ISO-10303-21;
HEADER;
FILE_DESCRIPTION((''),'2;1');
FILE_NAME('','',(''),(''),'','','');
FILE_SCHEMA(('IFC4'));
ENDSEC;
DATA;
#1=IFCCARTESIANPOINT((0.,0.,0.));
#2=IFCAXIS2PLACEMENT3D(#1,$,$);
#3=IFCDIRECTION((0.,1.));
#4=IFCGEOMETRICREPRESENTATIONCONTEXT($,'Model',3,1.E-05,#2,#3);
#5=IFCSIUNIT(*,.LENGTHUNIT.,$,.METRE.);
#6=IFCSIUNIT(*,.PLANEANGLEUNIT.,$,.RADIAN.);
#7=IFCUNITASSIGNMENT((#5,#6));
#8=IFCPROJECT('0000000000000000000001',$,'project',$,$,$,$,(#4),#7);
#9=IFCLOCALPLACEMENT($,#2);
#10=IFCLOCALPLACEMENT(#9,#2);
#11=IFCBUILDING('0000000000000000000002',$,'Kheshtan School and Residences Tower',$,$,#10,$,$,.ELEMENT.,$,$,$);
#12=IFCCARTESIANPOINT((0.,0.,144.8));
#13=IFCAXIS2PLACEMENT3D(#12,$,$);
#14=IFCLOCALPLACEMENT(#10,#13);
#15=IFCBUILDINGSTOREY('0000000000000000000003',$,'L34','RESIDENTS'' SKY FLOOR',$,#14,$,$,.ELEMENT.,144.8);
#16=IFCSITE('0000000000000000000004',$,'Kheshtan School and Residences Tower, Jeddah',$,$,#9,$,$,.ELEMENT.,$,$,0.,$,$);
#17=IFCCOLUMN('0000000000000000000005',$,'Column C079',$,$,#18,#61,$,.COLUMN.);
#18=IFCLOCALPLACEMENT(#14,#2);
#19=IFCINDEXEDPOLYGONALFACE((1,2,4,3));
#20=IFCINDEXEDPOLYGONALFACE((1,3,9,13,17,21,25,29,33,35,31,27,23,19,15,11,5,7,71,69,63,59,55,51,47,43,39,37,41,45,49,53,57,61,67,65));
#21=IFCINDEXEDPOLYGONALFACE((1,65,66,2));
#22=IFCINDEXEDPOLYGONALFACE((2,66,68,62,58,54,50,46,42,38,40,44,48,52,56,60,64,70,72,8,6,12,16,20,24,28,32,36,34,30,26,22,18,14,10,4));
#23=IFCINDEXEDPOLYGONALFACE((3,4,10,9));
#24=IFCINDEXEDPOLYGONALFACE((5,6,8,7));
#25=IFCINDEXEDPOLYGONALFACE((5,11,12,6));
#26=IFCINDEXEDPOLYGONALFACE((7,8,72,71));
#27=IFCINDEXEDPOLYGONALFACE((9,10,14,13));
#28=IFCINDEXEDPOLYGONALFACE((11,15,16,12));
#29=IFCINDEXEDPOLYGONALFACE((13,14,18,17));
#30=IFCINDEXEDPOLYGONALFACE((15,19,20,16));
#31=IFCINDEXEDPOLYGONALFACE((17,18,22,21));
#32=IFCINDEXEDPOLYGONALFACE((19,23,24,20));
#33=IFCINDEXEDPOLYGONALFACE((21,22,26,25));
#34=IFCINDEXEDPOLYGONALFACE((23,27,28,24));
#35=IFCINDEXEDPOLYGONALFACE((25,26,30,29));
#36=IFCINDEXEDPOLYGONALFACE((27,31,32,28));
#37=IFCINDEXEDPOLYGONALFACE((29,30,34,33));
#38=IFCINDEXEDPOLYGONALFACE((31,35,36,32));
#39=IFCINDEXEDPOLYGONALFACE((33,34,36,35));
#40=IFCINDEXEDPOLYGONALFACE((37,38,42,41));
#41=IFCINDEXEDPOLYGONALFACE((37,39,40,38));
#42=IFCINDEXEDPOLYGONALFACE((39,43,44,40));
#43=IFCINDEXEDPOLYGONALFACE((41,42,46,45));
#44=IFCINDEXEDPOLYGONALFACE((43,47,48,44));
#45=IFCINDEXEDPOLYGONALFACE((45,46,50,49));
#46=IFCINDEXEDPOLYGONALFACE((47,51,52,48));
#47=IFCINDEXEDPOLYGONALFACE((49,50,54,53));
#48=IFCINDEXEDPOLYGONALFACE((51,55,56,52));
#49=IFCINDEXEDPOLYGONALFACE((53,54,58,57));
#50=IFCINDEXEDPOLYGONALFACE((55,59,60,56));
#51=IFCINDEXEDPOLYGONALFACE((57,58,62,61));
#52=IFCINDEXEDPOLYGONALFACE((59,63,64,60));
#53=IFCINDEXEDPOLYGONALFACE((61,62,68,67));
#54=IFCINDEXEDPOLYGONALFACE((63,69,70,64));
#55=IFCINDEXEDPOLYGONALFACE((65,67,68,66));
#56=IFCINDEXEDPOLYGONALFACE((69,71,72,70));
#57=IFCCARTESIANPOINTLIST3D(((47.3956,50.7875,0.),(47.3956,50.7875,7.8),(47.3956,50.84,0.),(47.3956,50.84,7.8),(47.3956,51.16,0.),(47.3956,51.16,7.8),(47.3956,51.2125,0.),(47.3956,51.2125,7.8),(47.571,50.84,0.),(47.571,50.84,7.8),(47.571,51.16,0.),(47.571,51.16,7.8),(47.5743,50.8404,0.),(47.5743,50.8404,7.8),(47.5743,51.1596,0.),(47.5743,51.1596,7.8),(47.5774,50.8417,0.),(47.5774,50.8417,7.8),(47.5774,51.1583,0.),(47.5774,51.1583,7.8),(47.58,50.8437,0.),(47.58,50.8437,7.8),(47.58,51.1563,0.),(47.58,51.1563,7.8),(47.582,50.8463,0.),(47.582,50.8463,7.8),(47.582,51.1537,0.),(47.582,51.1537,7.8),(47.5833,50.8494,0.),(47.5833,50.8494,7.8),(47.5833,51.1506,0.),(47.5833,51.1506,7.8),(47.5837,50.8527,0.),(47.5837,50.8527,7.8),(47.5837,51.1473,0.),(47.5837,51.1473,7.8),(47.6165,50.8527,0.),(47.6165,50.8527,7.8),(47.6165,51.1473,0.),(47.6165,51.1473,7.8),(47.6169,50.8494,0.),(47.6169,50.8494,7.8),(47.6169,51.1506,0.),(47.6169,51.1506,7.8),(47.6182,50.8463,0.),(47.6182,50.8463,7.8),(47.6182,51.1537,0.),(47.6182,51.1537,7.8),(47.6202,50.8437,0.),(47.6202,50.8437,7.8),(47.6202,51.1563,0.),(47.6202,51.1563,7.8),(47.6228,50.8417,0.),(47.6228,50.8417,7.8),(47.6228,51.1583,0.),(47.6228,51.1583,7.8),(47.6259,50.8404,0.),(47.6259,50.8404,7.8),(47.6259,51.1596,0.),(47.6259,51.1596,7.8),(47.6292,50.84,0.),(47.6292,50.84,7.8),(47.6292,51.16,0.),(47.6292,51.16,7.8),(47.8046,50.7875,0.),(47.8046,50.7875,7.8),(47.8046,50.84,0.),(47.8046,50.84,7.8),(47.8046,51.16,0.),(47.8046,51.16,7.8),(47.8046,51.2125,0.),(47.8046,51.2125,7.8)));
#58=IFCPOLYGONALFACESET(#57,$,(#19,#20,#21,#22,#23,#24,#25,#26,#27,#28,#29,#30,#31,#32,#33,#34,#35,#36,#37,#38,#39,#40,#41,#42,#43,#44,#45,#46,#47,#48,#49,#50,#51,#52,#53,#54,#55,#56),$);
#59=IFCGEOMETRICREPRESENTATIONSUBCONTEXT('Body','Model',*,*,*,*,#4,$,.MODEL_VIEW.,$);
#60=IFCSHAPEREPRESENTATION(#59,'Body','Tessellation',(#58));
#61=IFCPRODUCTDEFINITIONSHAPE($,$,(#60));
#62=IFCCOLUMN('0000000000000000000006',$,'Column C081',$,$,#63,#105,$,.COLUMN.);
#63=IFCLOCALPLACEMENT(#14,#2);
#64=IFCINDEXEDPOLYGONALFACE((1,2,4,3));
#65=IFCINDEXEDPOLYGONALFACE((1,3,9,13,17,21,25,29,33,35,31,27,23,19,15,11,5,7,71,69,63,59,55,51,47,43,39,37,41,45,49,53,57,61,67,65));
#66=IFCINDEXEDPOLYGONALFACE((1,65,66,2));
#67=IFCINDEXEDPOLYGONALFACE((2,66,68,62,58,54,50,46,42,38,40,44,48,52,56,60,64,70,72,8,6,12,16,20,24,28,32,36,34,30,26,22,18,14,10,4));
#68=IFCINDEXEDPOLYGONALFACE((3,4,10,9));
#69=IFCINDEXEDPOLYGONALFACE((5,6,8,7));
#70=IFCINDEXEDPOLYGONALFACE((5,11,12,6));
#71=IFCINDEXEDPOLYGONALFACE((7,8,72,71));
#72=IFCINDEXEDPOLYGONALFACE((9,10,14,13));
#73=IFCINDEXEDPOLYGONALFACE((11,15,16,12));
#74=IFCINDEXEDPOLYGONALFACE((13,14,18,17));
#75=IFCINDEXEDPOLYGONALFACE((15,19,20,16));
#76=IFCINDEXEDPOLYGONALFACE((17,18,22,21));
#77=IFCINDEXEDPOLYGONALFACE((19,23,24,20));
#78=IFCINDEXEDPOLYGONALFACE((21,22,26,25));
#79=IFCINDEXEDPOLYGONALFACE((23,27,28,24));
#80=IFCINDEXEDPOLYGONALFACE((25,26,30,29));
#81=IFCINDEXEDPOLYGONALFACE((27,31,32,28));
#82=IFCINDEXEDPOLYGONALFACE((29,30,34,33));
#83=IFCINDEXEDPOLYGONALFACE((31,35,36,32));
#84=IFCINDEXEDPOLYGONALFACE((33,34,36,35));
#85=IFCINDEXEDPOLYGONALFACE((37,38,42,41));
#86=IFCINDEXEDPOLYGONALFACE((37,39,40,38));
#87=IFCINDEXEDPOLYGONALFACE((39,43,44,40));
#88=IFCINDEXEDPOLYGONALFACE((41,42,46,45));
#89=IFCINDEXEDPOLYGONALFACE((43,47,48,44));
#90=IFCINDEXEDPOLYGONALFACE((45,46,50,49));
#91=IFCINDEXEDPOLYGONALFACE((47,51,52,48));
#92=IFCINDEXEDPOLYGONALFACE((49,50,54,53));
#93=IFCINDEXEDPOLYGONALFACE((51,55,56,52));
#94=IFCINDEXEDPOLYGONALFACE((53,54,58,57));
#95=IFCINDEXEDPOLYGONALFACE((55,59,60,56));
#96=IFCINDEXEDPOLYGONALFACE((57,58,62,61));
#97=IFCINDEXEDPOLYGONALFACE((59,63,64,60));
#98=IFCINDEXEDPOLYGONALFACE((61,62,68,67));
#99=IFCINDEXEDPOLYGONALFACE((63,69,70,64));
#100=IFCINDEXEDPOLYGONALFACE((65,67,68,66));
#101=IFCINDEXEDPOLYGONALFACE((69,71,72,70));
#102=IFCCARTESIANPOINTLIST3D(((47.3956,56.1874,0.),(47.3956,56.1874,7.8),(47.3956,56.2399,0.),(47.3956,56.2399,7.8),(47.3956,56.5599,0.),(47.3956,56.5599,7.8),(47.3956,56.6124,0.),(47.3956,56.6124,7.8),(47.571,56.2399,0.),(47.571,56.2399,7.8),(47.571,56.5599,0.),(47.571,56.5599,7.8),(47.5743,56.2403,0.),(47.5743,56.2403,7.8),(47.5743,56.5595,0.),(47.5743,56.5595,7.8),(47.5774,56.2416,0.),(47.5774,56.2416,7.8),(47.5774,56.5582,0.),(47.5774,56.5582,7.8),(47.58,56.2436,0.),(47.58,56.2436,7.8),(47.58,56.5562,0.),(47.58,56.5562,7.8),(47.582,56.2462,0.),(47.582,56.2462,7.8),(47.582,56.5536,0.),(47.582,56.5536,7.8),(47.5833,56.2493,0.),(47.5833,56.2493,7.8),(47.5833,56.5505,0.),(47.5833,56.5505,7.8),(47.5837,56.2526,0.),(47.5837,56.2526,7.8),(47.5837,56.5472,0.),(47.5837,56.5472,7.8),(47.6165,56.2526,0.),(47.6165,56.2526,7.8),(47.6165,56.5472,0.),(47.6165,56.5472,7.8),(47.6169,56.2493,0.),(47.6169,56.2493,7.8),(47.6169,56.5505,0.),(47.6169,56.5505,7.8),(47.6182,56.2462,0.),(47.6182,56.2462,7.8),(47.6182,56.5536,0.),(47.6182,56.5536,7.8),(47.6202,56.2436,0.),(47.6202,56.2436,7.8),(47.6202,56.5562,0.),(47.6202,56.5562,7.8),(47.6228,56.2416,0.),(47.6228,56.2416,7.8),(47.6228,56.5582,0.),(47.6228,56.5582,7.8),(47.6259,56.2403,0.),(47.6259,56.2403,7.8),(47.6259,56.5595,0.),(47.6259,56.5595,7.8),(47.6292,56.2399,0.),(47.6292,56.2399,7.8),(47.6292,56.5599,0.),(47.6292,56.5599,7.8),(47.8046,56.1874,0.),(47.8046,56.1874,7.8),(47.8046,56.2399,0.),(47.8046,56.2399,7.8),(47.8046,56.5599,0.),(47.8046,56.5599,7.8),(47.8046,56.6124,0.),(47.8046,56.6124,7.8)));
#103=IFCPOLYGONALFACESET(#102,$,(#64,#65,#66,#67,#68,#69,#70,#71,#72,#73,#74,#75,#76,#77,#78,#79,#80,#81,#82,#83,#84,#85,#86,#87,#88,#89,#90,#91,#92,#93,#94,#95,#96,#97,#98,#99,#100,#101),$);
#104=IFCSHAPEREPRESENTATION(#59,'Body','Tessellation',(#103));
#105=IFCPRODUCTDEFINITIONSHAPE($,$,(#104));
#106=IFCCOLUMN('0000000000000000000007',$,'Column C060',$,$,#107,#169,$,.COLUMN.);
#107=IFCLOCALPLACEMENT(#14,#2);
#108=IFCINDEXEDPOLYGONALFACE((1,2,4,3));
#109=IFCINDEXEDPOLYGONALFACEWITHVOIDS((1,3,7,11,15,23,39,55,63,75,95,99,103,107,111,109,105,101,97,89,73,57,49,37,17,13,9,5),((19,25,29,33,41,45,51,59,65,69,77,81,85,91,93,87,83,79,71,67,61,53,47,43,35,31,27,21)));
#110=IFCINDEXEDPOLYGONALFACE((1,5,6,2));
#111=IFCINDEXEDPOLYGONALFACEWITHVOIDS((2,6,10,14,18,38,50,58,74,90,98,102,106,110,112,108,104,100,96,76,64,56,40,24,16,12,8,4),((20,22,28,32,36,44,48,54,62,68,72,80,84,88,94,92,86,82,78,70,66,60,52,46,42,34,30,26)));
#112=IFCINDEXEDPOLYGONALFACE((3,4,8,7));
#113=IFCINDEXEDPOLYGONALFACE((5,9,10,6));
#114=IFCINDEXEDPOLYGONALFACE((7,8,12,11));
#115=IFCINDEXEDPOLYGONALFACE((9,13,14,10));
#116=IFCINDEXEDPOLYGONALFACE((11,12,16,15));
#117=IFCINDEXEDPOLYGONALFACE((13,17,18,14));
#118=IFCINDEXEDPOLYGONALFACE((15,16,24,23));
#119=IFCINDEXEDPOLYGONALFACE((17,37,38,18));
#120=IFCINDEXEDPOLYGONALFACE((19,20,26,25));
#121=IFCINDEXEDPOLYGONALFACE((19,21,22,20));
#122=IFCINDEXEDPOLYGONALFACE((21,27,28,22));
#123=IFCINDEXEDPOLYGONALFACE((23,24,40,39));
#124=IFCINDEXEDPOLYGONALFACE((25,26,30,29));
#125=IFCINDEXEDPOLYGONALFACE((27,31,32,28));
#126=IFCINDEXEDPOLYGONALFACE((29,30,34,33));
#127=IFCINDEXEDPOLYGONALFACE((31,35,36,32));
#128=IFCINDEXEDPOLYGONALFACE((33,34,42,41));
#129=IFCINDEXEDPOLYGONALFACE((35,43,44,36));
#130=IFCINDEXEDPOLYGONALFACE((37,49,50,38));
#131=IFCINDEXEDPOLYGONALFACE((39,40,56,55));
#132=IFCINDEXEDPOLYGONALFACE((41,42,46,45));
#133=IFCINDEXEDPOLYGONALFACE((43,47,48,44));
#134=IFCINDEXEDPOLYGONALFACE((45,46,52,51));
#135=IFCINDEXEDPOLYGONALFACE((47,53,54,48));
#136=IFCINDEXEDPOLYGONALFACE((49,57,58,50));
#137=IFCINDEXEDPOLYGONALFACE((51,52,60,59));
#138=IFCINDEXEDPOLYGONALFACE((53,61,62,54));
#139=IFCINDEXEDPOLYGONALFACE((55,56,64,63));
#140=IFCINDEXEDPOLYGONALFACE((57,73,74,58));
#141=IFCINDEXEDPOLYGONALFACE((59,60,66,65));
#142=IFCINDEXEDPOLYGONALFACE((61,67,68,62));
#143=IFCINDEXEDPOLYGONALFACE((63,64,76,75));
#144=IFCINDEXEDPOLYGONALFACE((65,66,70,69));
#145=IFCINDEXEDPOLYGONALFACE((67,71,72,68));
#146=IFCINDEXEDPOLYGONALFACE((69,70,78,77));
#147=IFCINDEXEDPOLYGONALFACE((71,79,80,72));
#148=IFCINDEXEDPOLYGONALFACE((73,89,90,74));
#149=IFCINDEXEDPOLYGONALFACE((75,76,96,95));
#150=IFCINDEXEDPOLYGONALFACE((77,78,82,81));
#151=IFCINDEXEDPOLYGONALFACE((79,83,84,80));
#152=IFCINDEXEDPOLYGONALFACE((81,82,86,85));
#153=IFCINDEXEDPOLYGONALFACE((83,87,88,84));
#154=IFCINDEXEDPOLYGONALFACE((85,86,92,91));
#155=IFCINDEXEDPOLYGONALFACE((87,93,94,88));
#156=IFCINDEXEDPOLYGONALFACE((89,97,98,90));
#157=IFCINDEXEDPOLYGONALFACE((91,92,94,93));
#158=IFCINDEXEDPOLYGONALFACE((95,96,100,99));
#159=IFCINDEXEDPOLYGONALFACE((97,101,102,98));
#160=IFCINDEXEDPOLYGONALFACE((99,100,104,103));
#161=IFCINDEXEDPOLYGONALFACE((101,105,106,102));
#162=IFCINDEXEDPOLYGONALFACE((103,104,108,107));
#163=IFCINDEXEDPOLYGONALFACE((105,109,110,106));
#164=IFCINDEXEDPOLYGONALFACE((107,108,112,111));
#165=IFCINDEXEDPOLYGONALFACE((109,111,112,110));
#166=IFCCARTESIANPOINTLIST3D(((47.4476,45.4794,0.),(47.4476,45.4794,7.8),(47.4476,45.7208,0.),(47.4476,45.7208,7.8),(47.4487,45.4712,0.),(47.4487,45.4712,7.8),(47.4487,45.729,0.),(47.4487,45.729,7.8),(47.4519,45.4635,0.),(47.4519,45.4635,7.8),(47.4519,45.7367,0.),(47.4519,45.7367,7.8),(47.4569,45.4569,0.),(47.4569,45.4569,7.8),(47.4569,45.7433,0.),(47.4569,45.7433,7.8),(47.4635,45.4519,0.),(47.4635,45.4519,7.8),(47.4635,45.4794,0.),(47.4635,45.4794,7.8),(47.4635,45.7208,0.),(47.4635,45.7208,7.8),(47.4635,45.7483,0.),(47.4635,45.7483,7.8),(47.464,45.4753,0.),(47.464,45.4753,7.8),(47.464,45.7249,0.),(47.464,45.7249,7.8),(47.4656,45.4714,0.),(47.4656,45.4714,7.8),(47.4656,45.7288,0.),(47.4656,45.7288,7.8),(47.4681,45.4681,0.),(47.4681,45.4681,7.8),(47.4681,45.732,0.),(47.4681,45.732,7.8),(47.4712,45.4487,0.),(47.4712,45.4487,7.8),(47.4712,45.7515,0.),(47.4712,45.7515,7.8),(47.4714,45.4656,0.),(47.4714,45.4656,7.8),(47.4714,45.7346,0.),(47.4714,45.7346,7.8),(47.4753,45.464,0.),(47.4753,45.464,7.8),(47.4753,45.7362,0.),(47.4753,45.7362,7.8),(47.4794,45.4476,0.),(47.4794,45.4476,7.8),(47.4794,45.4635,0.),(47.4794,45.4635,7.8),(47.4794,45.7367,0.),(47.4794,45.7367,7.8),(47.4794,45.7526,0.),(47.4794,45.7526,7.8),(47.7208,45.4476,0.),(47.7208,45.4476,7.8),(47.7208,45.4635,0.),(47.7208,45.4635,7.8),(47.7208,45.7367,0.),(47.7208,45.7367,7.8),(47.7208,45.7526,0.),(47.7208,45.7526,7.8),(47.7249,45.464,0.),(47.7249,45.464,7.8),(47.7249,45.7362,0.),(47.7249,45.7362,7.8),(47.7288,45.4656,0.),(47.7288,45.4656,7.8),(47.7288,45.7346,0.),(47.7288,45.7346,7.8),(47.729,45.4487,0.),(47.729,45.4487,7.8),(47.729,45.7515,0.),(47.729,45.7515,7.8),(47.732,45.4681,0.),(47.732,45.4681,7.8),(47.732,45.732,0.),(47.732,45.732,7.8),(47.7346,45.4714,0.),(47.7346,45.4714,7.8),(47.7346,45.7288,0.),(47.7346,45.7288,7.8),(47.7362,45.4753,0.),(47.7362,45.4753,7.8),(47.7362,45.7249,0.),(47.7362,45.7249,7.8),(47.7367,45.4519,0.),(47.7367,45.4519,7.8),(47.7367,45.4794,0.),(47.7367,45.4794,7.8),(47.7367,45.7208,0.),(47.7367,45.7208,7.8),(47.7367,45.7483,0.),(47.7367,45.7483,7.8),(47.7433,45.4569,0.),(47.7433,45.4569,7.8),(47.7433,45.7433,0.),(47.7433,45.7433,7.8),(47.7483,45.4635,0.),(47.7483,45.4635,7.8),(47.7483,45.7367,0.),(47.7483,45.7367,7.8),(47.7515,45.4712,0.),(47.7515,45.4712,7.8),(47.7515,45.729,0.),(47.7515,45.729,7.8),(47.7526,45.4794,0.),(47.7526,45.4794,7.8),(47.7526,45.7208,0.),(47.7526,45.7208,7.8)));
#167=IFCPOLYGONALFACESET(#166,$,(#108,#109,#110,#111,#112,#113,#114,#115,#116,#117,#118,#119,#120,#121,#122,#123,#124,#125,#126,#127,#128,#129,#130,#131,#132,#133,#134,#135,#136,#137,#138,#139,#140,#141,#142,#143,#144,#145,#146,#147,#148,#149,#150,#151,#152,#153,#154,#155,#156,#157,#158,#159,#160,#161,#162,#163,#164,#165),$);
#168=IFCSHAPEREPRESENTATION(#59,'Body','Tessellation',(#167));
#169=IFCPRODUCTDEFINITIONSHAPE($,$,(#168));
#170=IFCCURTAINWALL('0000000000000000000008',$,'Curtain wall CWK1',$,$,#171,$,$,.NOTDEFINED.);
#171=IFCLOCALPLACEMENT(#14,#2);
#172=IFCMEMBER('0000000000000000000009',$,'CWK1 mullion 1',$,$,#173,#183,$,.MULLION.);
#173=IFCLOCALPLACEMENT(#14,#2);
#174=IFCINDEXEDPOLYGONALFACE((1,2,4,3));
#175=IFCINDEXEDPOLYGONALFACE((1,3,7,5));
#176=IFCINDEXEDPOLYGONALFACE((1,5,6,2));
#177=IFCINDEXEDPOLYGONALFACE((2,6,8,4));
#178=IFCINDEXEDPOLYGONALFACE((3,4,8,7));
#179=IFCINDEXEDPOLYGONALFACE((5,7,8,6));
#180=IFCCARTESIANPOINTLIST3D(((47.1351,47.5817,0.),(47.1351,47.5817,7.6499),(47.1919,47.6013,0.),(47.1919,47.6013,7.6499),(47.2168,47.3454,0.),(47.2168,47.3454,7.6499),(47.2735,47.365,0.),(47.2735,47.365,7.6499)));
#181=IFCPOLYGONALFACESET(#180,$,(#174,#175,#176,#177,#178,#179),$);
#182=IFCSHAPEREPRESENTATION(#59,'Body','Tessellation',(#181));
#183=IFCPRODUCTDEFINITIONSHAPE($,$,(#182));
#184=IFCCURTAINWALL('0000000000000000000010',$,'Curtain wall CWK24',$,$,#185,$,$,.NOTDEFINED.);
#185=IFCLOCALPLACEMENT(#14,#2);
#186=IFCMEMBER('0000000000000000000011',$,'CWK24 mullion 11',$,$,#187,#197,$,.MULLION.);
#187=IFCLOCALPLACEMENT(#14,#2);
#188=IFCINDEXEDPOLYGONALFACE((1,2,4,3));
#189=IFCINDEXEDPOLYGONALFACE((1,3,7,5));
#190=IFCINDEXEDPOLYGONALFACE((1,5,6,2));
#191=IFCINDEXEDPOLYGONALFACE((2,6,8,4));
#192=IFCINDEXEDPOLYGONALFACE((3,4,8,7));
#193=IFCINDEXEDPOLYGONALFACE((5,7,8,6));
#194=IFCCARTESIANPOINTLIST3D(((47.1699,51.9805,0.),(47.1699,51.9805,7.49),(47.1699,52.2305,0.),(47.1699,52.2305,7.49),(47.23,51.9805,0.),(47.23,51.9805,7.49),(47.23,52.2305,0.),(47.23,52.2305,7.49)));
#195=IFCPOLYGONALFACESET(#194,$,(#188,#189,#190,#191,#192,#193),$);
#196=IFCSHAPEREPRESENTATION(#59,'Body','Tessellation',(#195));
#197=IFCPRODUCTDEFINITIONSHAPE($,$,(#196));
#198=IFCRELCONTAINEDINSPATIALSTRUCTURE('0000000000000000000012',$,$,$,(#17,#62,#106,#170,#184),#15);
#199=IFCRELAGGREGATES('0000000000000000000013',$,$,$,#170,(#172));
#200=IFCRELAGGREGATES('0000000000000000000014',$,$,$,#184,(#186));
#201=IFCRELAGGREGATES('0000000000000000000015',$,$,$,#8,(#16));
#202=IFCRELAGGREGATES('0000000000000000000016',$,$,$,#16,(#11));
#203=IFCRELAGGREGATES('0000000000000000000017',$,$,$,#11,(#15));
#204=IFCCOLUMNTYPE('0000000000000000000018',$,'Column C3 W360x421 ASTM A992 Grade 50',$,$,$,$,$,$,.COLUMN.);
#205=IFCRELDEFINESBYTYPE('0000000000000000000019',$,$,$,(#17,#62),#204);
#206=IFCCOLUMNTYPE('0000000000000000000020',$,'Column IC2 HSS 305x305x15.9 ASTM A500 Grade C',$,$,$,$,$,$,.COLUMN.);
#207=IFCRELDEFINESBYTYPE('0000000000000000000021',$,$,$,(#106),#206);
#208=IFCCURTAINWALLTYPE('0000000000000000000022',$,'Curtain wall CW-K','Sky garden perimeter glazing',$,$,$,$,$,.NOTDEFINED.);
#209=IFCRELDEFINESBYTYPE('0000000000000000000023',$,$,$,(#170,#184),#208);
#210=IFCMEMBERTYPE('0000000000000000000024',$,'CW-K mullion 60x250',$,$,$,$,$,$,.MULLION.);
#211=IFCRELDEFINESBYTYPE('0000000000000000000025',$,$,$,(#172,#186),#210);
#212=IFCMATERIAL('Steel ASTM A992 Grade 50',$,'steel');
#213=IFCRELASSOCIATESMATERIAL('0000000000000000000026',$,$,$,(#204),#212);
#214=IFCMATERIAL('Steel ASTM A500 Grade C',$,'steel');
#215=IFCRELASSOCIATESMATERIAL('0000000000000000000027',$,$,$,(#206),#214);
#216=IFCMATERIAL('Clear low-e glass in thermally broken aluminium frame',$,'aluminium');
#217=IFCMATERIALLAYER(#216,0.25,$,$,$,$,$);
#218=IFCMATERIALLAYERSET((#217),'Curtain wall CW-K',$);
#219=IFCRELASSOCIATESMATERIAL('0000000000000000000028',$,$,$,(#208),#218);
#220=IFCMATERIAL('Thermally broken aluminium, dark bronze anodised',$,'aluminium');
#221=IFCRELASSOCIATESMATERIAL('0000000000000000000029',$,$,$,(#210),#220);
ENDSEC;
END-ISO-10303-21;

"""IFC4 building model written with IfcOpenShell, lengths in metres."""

from ifc_helpers import new_model, si_unit, direction, frame, origin, origin_2d, place, context, subcontext, project, spatial, rectangle, hollow_rectangle, i_section, extrude, material, layer, layer_set, material_profile, profile_set, type_object, element, aggregate, save


model = new_model("IFC4")

# Units and contexts
model_context = context("Model", 3, precision=1e-05, world=origin(), true_north=direction((0.0, 1.0)))
body_context = subcontext(model_context, "Body", "Model", "MODEL_VIEW")
ifc_project = project(units=[si_unit("LENGTHUNIT", "METRE"), si_unit("PLANEANGLEUNIT", "RADIAN")], contexts=[model_context])

# Site, building, storey
site_placement = place(None, origin())
site = spatial("IfcSite", under=ifc_project, at=site_placement, Name="Kheshtan School and Residences Tower, Jeddah", CompositionType="ELEMENT", RefElevation=0.0)
building_placement = place(site_placement, origin())
building = spatial("IfcBuilding", under=site, at=building_placement, Name="Kheshtan School and Residences Tower", CompositionType="ELEMENT")
storey_placement = place(building_placement, frame((0.0, 0.0, 144.8)))
storey = spatial("IfcBuildingStorey", under=building, at=storey_placement, Name="L34", Description="RESIDENTS' SKY FLOOR", CompositionType="ELEMENT", Elevation=144.8)

# Columns
ifc_material_1 = material(Name="Steel ASTM A992 Grade 50", Category="steel")
ifc_material_profile_1 = material_profile(ifc_material_1, i_section(OverallWidth=0.4089, OverallDepth=0.425, WebThickness=0.0327, FlangeThickness=0.0525, FilletRadius=0.0127, at=origin_2d()), Name="W360x421")
ifc_profile_set_1 = profile_set([ifc_material_profile_1], Name="Steel ASTM A992 Grade 50")
column_type_1 = type_object("IfcColumnType", Name="Column C3 W360x421 ASTM A992 Grade 50", PredefinedType="COLUMN", material=ifc_profile_set_1)
for number, where, z_axis, x_axis, name in (
    (1, (47.6001, 51.0, 0.0), (0.0, 0.0, 1.0), (1.0, 0.0, 0.0), "Column C079"),
    (2, (47.6001, 56.3999, 0.0), (0.0, 0.0, 1.0), (1.0, 0.0, 0.0), "Column C081"),
):
    element("IfcColumn", number, at=place(storey_placement, frame(where, z_axis=z_axis, x_axis=x_axis)), inside=storey, type_object=column_type_1, Name=name, PredefinedType="COLUMN", context=body_context, shape_type="SweptSolid", body=[
        extrude(i_section(OverallWidth=0.4089, OverallDepth=0.425, WebThickness=0.0327, FlangeThickness=0.0525, FilletRadius=0.0127, at=origin_2d()), origin(), (0.0, 0.0, 1.0), 7.8),
    ])
ifc_material_2 = material(Name="Steel ASTM A500 Grade C", Category="steel")
ifc_material_profile_2 = material_profile(ifc_material_2, hollow_rectangle(XDim=0.3049, YDim=0.3049, WallThickness=0.0159, InnerFilletRadius=0.0159, OuterFilletRadius=0.0317, at=origin_2d()), Name="HSS 305x305x15.9")
ifc_profile_set_2 = profile_set([ifc_material_profile_2], Name="Steel ASTM A500 Grade C")
column_type_2 = type_object("IfcColumnType", Name="Column IC2 HSS 305x305x15.9 ASTM A500 Grade C", PredefinedType="COLUMN", material=ifc_profile_set_2)
column_placement = place(storey_placement, frame((47.6001, 45.6001, 0.0), z_axis=(0.0, 0.0, 1.0), x_axis=(1.0, 0.0, 0.0)))
element("IfcColumn", 3, at=column_placement, inside=storey, type_object=column_type_2, Name="Column C060", PredefinedType="COLUMN", context=body_context, shape_type="SweptSolid", body=[
    extrude(hollow_rectangle(XDim=0.3049, YDim=0.3049, WallThickness=0.0159, InnerFilletRadius=0.0159, OuterFilletRadius=0.0317, at=origin_2d()), origin(), (0.0, 0.0, 1.0), 7.8),
])

# Curtain walls, members
ifc_material_3 = material(Name="Clear low-e glass in thermally broken aluminium frame", Category="aluminium")
ifc_layer_1 = layer(ifc_material_3, 0.25)
ifc_layer_set_1 = layer_set([ifc_layer_1], Name="Curtain wall CW-K")
curtain_wall_type = type_object("IfcCurtainWallType", Name="Curtain wall CW-K", Description="Sky garden perimeter glazing", PredefinedType="NOTDEFINED", material=ifc_layer_set_1)
curtain_wall_1_placement = place(storey_placement, origin())
curtain_wall_1 = element("IfcCurtainWall", 4, at=curtain_wall_1_placement, inside=storey, type_object=curtain_wall_type, Name="Curtain wall CWK1", PredefinedType="NOTDEFINED")
ifc_material_4 = material(Name="Thermally broken aluminium, dark bronze anodised", Category="aluminium")
ifc_material_profile_3 = material_profile(ifc_material_4, rectangle(XDim=0.0601, YDim=0.25, at=origin_2d()), Name="CW-K mullion 60x250")
ifc_profile_set_3 = profile_set([ifc_material_profile_3], Name="Thermally broken aluminium, dark bronze anodised")
member_type_1 = type_object("IfcMemberType", Name="CW-K mullion 60x250", PredefinedType="MULLION", material=ifc_profile_set_3)
member_1_placement = place(storey_placement, frame((47.2043, 47.4734, 0.0), z_axis=(0.0, 0.0, 1.0), x_axis=(0.94519, 0.32652, 0.0)))
member_1 = element("IfcMember", 5, at=member_1_placement, type_object=member_type_1, Name="CWK1 mullion 1", PredefinedType="MULLION", context=body_context, shape_type="SweptSolid", body=[
    extrude(rectangle(XDim=0.0601, YDim=0.25, at=origin_2d()), origin(), (0.0, 0.0, 1.0), 7.6499),
])
curtain_wall_2_placement = place(storey_placement, origin())
curtain_wall_2 = element("IfcCurtainWall", 6, at=curtain_wall_2_placement, inside=storey, type_object=curtain_wall_type, Name="Curtain wall CWK24", PredefinedType="NOTDEFINED")
member_2_placement = place(storey_placement, frame((47.2, 52.1055, 0.0), z_axis=(0.0, 0.0, 1.0), x_axis=(1.0, 0.0, 0.0)))
member_2 = element("IfcMember", 7, at=member_2_placement, type_object=member_type_1, Name="CWK24 mullion 11", PredefinedType="MULLION", context=body_context, shape_type="SweptSolid", body=[
    extrude(rectangle(XDim=0.0601, YDim=0.25, at=origin_2d()), origin(), (0.0, 0.0, 1.0), 7.49),
])

aggregate(curtain_wall_1, [member_1])
aggregate(curtain_wall_2, [member_2])

save(model, "model.ifc")
